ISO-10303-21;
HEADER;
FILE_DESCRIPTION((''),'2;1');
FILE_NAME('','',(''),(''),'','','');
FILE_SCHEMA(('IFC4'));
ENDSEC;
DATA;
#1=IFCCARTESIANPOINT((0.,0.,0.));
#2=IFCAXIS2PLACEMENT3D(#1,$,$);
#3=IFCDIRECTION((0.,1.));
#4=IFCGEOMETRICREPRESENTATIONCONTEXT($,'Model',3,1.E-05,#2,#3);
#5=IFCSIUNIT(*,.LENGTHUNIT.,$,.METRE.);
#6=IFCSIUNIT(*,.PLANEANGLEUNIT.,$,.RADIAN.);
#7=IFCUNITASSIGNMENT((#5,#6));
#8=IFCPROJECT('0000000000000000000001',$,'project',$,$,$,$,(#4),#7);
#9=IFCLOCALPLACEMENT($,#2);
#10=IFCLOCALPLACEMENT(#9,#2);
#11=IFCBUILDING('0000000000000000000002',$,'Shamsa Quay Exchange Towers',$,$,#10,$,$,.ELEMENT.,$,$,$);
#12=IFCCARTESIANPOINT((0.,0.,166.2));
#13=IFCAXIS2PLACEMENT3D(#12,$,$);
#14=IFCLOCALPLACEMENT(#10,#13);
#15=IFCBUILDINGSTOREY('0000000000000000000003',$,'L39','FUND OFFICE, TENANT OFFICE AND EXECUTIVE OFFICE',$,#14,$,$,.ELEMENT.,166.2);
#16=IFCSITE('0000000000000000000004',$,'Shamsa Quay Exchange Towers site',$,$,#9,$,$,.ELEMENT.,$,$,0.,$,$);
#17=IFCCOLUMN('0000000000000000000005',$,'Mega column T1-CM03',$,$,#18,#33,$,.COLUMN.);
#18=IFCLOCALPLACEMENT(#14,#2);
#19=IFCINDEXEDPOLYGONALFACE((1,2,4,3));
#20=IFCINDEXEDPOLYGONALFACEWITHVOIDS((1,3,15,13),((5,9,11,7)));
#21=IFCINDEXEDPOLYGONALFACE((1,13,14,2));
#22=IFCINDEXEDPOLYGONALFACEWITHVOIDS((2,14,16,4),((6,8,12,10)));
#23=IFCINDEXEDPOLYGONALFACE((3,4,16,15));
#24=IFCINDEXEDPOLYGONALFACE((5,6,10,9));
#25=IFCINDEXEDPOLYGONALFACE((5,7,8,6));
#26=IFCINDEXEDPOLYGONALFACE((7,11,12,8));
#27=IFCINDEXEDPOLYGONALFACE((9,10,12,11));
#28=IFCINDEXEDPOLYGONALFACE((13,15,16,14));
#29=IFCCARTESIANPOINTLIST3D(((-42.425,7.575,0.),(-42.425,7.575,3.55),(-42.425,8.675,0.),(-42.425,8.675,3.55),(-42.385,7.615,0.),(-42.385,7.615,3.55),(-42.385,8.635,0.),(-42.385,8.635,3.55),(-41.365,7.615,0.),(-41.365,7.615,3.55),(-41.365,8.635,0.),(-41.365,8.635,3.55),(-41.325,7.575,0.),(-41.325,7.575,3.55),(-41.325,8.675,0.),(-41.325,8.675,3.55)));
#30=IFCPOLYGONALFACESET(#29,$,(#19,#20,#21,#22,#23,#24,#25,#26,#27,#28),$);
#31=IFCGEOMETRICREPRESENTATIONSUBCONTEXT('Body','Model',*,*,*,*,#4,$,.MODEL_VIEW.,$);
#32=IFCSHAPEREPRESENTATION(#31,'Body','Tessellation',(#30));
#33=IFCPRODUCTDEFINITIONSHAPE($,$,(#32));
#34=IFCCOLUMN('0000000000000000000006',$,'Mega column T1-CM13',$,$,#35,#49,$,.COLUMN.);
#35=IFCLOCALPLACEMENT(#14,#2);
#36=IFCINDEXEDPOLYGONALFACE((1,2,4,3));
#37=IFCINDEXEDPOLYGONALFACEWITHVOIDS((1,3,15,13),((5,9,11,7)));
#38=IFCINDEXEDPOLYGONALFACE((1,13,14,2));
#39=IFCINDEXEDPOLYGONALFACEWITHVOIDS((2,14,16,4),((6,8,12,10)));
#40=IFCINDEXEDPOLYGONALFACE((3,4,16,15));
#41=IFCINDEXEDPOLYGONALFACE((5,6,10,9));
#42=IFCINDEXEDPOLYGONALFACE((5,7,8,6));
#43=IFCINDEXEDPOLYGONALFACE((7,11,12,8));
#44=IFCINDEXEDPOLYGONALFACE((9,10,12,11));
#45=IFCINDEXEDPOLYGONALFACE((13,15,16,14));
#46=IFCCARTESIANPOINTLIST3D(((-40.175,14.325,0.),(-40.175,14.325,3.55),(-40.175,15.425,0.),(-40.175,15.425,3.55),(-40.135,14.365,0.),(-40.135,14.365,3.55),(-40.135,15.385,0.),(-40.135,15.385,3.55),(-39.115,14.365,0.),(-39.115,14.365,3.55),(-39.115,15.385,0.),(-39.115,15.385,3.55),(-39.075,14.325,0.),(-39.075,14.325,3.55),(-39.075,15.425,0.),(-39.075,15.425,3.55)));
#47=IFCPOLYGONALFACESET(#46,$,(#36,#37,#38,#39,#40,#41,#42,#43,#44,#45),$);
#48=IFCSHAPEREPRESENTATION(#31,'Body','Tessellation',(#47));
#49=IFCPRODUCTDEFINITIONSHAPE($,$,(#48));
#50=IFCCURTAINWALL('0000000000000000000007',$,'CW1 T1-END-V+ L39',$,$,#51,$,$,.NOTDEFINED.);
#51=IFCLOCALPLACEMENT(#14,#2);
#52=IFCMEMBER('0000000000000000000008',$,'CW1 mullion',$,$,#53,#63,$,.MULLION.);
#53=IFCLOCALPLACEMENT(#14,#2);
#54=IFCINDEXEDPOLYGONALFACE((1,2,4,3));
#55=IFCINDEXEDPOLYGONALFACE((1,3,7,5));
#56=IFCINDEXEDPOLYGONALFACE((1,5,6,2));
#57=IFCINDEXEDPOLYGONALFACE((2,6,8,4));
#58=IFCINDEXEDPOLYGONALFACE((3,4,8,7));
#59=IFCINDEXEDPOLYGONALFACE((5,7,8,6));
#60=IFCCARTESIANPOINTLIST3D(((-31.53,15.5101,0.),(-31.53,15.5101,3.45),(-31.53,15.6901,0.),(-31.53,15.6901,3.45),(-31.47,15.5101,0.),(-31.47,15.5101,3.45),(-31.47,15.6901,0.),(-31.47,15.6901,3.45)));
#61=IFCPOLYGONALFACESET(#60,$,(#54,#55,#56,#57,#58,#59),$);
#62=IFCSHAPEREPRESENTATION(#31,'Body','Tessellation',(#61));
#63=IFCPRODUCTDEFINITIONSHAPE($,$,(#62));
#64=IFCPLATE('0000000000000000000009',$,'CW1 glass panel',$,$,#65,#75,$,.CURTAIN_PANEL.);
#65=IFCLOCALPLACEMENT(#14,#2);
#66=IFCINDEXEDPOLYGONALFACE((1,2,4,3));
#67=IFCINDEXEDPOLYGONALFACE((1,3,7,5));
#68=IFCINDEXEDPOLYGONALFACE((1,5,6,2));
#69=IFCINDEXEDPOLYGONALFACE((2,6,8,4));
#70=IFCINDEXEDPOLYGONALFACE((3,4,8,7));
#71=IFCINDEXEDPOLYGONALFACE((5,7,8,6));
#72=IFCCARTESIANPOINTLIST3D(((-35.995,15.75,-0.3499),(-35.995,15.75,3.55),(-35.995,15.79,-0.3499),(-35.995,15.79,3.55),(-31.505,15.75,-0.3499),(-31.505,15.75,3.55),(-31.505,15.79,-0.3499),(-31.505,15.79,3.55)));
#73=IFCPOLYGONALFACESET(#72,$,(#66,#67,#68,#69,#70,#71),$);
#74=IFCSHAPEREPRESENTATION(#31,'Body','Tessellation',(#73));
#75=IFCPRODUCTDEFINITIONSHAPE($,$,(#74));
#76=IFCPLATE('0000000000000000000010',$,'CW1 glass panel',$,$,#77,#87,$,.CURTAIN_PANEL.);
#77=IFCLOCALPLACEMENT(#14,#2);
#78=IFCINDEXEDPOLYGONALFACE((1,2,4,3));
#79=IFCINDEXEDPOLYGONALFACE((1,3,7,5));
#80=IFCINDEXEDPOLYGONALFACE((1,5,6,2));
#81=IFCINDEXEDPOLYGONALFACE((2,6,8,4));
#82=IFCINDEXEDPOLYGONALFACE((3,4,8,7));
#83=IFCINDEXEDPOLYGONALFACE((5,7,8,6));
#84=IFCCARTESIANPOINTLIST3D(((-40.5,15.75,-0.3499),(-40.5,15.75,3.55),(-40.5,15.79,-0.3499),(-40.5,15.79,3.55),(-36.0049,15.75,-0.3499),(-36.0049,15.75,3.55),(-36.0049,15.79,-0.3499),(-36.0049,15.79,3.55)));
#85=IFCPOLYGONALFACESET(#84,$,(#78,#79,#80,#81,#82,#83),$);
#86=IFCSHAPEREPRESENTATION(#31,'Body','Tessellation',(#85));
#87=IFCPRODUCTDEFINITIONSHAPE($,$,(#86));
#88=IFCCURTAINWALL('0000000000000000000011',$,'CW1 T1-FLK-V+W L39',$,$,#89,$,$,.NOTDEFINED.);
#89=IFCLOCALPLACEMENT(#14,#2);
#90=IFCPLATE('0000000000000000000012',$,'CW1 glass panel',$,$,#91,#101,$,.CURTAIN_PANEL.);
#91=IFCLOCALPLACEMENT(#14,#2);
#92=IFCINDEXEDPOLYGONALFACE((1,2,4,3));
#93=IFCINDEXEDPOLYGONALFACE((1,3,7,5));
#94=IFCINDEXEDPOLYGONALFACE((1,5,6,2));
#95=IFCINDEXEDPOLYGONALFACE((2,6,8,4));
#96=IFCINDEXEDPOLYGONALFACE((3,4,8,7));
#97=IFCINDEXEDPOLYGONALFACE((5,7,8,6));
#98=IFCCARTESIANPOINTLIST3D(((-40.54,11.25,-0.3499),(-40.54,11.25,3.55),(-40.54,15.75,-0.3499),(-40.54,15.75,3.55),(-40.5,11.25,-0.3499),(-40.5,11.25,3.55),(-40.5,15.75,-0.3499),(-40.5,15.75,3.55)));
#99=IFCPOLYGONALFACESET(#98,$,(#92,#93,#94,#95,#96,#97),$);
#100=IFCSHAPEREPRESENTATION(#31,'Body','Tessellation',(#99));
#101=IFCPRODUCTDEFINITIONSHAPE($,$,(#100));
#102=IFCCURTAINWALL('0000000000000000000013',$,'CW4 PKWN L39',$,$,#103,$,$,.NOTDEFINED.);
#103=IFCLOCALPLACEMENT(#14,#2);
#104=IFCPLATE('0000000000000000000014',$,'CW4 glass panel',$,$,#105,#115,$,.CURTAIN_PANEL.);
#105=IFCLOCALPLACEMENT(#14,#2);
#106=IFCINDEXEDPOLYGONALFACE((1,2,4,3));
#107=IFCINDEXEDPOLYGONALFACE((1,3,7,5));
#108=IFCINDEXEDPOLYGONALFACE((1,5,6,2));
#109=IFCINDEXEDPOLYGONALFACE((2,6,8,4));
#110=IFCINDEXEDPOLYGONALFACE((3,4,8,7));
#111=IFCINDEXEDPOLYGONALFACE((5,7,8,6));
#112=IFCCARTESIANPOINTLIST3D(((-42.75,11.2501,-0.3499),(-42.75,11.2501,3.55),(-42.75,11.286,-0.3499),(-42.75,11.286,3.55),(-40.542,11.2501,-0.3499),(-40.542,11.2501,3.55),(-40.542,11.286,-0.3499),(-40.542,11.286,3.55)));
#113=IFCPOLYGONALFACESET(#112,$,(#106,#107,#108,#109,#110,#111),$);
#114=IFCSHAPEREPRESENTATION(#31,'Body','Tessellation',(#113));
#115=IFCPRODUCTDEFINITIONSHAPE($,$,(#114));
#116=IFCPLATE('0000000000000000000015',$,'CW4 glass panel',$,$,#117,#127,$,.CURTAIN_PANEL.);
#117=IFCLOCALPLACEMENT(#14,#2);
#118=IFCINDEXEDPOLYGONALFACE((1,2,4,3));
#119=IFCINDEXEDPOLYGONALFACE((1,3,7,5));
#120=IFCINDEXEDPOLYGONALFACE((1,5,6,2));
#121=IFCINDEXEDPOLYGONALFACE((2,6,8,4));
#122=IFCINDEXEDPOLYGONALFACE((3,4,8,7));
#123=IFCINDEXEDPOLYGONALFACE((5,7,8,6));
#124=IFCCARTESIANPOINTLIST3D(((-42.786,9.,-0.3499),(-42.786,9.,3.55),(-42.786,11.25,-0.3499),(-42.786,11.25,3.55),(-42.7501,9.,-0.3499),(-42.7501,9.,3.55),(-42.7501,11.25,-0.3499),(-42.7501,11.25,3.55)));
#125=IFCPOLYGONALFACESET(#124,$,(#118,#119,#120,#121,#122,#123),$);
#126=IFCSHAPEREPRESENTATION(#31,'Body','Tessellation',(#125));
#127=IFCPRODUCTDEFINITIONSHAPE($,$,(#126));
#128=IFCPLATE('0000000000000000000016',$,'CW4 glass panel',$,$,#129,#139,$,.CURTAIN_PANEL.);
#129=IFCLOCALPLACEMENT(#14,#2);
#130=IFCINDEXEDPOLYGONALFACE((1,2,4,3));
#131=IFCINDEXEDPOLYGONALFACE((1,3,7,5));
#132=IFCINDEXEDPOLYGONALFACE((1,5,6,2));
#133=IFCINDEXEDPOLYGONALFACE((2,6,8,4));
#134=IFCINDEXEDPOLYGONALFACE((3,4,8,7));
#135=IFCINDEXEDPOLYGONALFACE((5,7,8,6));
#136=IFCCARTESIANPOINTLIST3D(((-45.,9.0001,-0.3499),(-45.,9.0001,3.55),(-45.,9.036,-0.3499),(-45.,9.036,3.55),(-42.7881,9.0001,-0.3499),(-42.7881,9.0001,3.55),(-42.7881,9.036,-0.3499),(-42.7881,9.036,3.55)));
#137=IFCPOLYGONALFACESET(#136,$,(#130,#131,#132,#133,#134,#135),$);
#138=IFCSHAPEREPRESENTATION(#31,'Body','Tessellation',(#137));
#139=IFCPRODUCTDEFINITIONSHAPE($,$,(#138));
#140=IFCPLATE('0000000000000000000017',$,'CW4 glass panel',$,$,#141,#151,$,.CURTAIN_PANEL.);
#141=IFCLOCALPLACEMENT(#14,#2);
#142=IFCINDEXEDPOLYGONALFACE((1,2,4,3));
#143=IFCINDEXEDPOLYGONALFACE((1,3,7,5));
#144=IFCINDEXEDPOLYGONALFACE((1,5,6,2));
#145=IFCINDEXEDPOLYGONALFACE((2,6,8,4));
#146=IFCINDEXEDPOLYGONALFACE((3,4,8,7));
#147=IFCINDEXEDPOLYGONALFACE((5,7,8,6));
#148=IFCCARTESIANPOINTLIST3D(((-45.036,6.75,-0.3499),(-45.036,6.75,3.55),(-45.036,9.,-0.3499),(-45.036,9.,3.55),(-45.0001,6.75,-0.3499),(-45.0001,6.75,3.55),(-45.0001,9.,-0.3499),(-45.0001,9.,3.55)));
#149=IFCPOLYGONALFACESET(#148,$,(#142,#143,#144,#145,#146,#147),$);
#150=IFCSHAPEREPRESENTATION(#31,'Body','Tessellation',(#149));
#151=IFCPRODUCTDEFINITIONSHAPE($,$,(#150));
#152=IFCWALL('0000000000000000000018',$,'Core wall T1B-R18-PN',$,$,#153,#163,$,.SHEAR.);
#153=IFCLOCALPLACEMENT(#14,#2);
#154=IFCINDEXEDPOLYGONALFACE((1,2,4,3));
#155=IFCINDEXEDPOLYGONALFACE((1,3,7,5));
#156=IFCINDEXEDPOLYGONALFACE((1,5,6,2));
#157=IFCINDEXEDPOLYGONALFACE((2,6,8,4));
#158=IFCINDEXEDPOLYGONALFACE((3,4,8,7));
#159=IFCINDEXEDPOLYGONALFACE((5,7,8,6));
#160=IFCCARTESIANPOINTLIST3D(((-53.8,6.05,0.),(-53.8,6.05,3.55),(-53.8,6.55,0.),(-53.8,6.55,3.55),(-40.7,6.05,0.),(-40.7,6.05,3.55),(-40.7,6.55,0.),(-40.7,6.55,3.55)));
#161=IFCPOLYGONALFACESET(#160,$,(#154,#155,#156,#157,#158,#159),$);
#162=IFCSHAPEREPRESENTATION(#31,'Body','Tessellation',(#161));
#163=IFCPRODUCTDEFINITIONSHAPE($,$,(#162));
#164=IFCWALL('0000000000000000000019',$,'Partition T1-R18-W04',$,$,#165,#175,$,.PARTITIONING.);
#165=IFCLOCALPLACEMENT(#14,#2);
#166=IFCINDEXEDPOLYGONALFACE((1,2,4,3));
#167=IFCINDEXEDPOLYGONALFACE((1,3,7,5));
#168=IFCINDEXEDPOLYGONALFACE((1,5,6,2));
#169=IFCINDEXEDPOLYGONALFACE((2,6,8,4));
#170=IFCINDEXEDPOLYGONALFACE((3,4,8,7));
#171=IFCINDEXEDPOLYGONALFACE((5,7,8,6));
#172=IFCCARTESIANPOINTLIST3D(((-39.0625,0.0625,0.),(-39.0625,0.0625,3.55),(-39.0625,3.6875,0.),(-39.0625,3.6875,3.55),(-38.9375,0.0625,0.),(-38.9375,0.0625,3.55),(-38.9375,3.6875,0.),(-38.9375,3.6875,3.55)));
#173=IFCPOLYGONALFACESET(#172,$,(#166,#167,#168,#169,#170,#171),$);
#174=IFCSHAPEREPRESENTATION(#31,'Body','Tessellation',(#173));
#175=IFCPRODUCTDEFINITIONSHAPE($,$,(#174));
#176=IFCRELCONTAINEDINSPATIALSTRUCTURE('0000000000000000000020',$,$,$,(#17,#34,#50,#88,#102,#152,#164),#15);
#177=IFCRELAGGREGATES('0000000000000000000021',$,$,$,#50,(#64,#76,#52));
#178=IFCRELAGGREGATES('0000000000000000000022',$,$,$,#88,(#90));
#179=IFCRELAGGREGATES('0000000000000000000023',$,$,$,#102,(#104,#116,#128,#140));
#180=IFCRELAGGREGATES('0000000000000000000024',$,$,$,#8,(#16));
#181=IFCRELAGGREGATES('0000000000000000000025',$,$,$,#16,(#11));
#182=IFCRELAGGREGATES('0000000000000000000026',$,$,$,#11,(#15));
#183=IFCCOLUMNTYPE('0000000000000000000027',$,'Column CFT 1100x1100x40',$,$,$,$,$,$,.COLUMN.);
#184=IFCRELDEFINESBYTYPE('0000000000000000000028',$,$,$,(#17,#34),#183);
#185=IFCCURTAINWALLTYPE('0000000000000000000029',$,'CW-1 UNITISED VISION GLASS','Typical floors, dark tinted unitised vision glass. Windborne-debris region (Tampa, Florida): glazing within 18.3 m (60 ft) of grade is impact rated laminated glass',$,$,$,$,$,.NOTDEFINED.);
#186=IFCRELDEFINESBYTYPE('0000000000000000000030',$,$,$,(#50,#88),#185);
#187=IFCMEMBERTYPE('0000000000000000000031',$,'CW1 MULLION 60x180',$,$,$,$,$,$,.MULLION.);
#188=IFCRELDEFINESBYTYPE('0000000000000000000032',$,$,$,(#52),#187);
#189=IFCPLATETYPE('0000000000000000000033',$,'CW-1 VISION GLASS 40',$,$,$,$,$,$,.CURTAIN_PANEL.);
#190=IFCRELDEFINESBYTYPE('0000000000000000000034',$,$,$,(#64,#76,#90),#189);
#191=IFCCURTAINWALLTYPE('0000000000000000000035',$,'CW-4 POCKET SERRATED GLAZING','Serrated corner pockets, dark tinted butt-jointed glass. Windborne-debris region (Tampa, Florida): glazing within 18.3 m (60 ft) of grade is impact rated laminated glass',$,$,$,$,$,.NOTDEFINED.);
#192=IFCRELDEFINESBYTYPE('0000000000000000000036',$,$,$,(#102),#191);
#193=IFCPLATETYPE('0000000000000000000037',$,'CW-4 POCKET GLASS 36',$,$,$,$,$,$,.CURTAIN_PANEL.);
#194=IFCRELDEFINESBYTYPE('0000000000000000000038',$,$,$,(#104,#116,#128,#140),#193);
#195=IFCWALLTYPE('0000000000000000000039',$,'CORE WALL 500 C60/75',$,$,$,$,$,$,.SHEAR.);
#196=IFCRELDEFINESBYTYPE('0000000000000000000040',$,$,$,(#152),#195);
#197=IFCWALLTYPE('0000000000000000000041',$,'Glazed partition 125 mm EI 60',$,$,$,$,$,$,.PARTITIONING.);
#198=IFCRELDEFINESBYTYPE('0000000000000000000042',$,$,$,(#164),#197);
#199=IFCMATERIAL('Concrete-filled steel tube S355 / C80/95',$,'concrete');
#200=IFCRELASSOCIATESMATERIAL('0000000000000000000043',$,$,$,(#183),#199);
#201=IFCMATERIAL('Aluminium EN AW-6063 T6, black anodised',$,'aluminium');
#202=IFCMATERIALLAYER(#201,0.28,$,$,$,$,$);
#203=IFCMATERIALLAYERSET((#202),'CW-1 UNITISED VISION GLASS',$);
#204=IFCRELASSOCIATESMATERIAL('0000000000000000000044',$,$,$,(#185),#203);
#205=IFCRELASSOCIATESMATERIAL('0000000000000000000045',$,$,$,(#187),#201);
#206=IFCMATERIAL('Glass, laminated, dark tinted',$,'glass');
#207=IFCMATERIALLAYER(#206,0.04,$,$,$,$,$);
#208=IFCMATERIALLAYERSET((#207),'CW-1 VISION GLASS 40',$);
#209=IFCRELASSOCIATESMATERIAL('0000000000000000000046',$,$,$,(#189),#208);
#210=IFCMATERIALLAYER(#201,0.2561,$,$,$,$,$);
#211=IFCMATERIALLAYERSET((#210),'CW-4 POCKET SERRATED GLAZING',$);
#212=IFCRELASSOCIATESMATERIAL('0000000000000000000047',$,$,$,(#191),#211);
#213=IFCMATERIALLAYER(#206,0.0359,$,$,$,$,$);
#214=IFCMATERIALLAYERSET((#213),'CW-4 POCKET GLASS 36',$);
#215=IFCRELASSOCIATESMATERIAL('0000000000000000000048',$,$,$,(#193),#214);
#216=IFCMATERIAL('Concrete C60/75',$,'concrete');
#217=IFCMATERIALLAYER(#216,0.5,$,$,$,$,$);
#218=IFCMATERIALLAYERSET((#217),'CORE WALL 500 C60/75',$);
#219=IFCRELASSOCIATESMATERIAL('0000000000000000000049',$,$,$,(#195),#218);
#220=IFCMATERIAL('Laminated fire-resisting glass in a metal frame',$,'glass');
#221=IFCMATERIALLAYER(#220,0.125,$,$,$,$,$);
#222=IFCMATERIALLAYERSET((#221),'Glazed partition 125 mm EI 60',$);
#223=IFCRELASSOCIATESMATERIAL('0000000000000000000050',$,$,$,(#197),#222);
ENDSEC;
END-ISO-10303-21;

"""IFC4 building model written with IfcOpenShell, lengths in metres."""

from ifc_helpers import new_model, si_unit, direction, frame, frame_2d, origin, origin_2d, place, context, subcontext, project, spatial, rectangle, hollow_rectangle, extrude, material, layer, layer_set, material_profile, profile_set, type_object, element, aggregate, save


model = new_model("IFC4")

# Units and contexts
model_context = context("Model", 3, precision=1e-05, world=origin(), true_north=direction((0.0, 1.0)))
body_context = subcontext(model_context, "Body", "Model", "MODEL_VIEW")
ifc_project = project(units=[si_unit("LENGTHUNIT", "METRE"), si_unit("PLANEANGLEUNIT", "RADIAN")], contexts=[model_context])

# Site, building, storey
site_placement = place(None, origin())
site = spatial("IfcSite", under=ifc_project, at=site_placement, Name="Shamsa Quay Exchange Towers site", CompositionType="ELEMENT", RefElevation=0.0)
building_placement = place(site_placement, origin())
building = spatial("IfcBuilding", under=site, at=building_placement, Name="Shamsa Quay Exchange Towers", CompositionType="ELEMENT")
storey_placement = place(building_placement, frame((0.0, 0.0, 166.2)))
storey = spatial("IfcBuildingStorey", under=building, at=storey_placement, Name="L39", Description="FUND OFFICE, TENANT OFFICE AND EXECUTIVE OFFICE", CompositionType="ELEMENT", Elevation=166.2)

# Columns
ifc_material_1 = material(Name="Concrete-filled steel tube S355 / C80/95", Category="concrete")
ifc_material_profile_1 = material_profile(ifc_material_1, hollow_rectangle(XDim=1.1001, YDim=1.1001, WallThickness=0.04, at=origin_2d()), Name="CFT 1100x1100x40")
ifc_profile_set_1 = profile_set([ifc_material_profile_1], Name="Concrete-filled steel tube S355 / C80/95")
column_type = type_object("IfcColumnType", Name="Column CFT 1100x1100x40", PredefinedType="COLUMN", material=ifc_profile_set_1)
for number, where, name in (
    (1, (-41.875, 8.125, 0.0), "Mega column T1-CM03"),
    (2, (-39.625, 14.875, 0.0), "Mega column T1-CM13"),
):
    element("IfcColumn", number, at=place(storey_placement, frame(where)), inside=storey, type_object=column_type, Name=name, PredefinedType="COLUMN", context=body_context, shape_type="SweptSolid", body=[
        extrude(hollow_rectangle(XDim=1.1001, YDim=1.1001, WallThickness=0.04, at=origin_2d()), origin(), (0.0, 0.0, 1.0), 3.55),
    ])

# Curtain wall, member, plates
ifc_material_2 = material(Name="Aluminium EN AW-6063 T6, black anodised", Category="aluminium")
ifc_layer_1 = layer(ifc_material_2, 0.28)
ifc_layer_set_1 = layer_set([ifc_layer_1], Name="CW-1 UNITISED VISION GLASS")
curtain_wall_type_1 = type_object("IfcCurtainWallType", Name="CW-1 UNITISED VISION GLASS", Description="Typical floors, dark tinted unitised vision glass. Windborne-debris region (Tampa, Florida): glazing within 18.3 m (60 ft) of grade is impact rated laminated glass", PredefinedType="NOTDEFINED", material=ifc_layer_set_1)
curtain_wall_1_placement = place(storey_placement, origin())
curtain_wall_1 = element("IfcCurtainWall", 3, at=curtain_wall_1_placement, inside=storey, type_object=curtain_wall_type_1, Name="CW1 T1-END-V+ L39", PredefinedType="NOTDEFINED")
ifc_material_profile_2 = material_profile(ifc_material_2, rectangle(XDim=0.1799, YDim=0.0601, at=origin_2d()), Name="MU60x180")
ifc_profile_set_2 = profile_set([ifc_material_profile_2], Name="Aluminium EN AW-6063 T6, black anodised")
member_type = type_object("IfcMemberType", Name="CW1 MULLION 60x180", PredefinedType="MULLION", material=ifc_profile_set_2)
member_placement = place(storey_placement, frame((-31.5, 15.6001, 0.0), z_axis=(0.0, 0.0, 1.0), x_axis=(0.0, -1.0, 0.0)))
member = element("IfcMember", 4, at=member_placement, type_object=member_type, Name="CW1 mullion", PredefinedType="MULLION", context=body_context, shape_type="SweptSolid", body=[
    extrude(rectangle(XDim=0.1799, YDim=0.0601, at=origin_2d()), origin(), (0.0, 0.0, 1.0), 3.45),
])
ifc_material_3 = material(Name="Glass, laminated, dark tinted", Category="glass")
ifc_layer_2 = layer(ifc_material_3, 0.04)
ifc_layer_set_2 = layer_set([ifc_layer_2], Name="CW-1 VISION GLASS 40")
plate_type_1 = type_object("IfcPlateType", Name="CW-1 VISION GLASS 40", PredefinedType="CURTAIN_PANEL", material=ifc_layer_set_2)
plate_1_placement = place(storey_placement, frame((-33.75, 15.77, -0.3499), z_axis=(0.0, 0.0, 1.0), x_axis=(-1.0, 0.0, 0.0)))
plate_1 = element("IfcPlate", 5, at=plate_1_placement, type_object=plate_type_1, Name="CW1 glass panel", PredefinedType="CURTAIN_PANEL", context=body_context, shape_type="SweptSolid", body=[
    extrude(rectangle(XDim=4.49, YDim=0.04, at=origin_2d()), origin(), (0.0, 0.0, 1.0), 3.8999),
])
plate_2_placement = place(storey_placement, frame((-38.2524, 15.77, -0.3499), z_axis=(0.0, 0.0, 1.0), x_axis=(-1.0, 0.0, 0.0)))
plate_2 = element("IfcPlate", 6, at=plate_2_placement, type_object=plate_type_1, Name="CW1 glass panel", PredefinedType="CURTAIN_PANEL", context=body_context, shape_type="SweptSolid", body=[
    extrude(rectangle(XDim=4.4951, YDim=0.04, at=origin_2d()), origin(), (0.0, 0.0, 1.0), 3.8999),
])
aggregate(curtain_wall_1, [plate_1, plate_2, member])

# Curtain wall, plate
curtain_wall_2_placement = place(storey_placement, origin())
curtain_wall_2 = element("IfcCurtainWall", 7, at=curtain_wall_2_placement, inside=storey, type_object=curtain_wall_type_1, Name="CW1 T1-FLK-V+W L39", PredefinedType="NOTDEFINED")
plate_3_placement = place(storey_placement, frame((-40.52, 13.5, -0.3499), z_axis=(0.0, 0.0, 1.0), x_axis=(0.0, -1.0, 0.0)))
plate_3 = element("IfcPlate", 8, at=plate_3_placement, type_object=plate_type_1, Name="CW1 glass panel", PredefinedType="CURTAIN_PANEL", context=body_context, shape_type="SweptSolid", body=[
    extrude(rectangle(XDim=4.5, YDim=0.04, at=origin_2d()), origin(), (0.0, 0.0, 1.0), 3.8999),
])
aggregate(curtain_wall_2, [plate_3])

# Curtain wall, plates
ifc_layer_3 = layer(ifc_material_2, 0.2561)
ifc_layer_set_3 = layer_set([ifc_layer_3], Name="CW-4 POCKET SERRATED GLAZING")
curtain_wall_type_2 = type_object("IfcCurtainWallType", Name="CW-4 POCKET SERRATED GLAZING", Description="Serrated corner pockets, dark tinted butt-jointed glass. Windborne-debris region (Tampa, Florida): glazing within 18.3 m (60 ft) of grade is impact rated laminated glass", PredefinedType="NOTDEFINED", material=ifc_layer_set_3)
curtain_wall_3_placement = place(storey_placement, origin())
curtain_wall_3 = element("IfcCurtainWall", 9, at=curtain_wall_3_placement, inside=storey, type_object=curtain_wall_type_2, Name="CW4 PKWN L39", PredefinedType="NOTDEFINED")
ifc_layer_4 = layer(ifc_material_3, 0.0359)
ifc_layer_set_4 = layer_set([ifc_layer_4], Name="CW-4 POCKET GLASS 36")
plate_type_2 = type_object("IfcPlateType", Name="CW-4 POCKET GLASS 36", PredefinedType="CURTAIN_PANEL", material=ifc_layer_set_4)
plate_4_placement = place(storey_placement, frame((-41.646, 11.2681, -0.3499), z_axis=(0.0, 0.0, 1.0), x_axis=(-1.0, 0.0, 0.0)))
plate_4 = element("IfcPlate", 10, at=plate_4_placement, type_object=plate_type_2, Name="CW4 glass panel", PredefinedType="CURTAIN_PANEL", context=body_context, shape_type="SweptSolid", body=[
    extrude(rectangle(XDim=2.208, YDim=0.0359, at=origin_2d()), origin(), (0.0, 0.0, 1.0), 3.8999),
])
plate_5_placement = place(storey_placement, frame((-42.7681, 10.125, -0.3499), z_axis=(0.0, 0.0, 1.0), x_axis=(0.0, -1.0, 0.0)))
plate_5 = element("IfcPlate", 11, at=plate_5_placement, type_object=plate_type_2, Name="CW4 glass panel", PredefinedType="CURTAIN_PANEL", context=body_context, shape_type="SweptSolid", body=[
    extrude(rectangle(XDim=2.25, YDim=0.0359, at=origin_2d()), origin(), (0.0, 0.0, 1.0), 3.8999),
])
plate_6_placement = place(storey_placement, frame((-43.894, 9.0181, -0.3499), z_axis=(0.0, 0.0, 1.0), x_axis=(-1.0, 0.0, 0.0)))
plate_6 = element("IfcPlate", 12, at=plate_6_placement, type_object=plate_type_2, Name="CW4 glass panel", PredefinedType="CURTAIN_PANEL", context=body_context, shape_type="SweptSolid", body=[
    extrude(rectangle(XDim=2.2119, YDim=0.0359, at=origin_2d()), origin(), (0.0, 0.0, 1.0), 3.8999),
])
plate_7_placement = place(storey_placement, frame((-45.0181, 7.875, -0.3499), z_axis=(0.0, 0.0, 1.0), x_axis=(0.0, -1.0, 0.0)))
plate_7 = element("IfcPlate", 13, at=plate_7_placement, type_object=plate_type_2, Name="CW4 glass panel", PredefinedType="CURTAIN_PANEL", context=body_context, shape_type="SweptSolid", body=[
    extrude(rectangle(XDim=2.25, YDim=0.0359, at=origin_2d()), origin(), (0.0, 0.0, 1.0), 3.8999),
])
aggregate(curtain_wall_3, [plate_4, plate_5, plate_6, plate_7])

# Walls
ifc_material_4 = material(Name="Concrete C60/75", Category="concrete")
ifc_layer_5 = layer(ifc_material_4, 0.5)
ifc_layer_set_5 = layer_set([ifc_layer_5], Name="CORE WALL 500 C60/75")
wall_type_1 = type_object("IfcWallType", Name="CORE WALL 500 C60/75", PredefinedType="SHEAR", material=ifc_layer_set_5)
wall_1_placement = place(storey_placement, frame((-40.7, 6.3, 0.0), z_axis=(0.0, 0.0, 1.0), x_axis=(-1.0, 0.0, 0.0)))
element("IfcWall", 14, at=wall_1_placement, inside=storey, type_object=wall_type_1, Name="Core wall T1B-R18-PN", PredefinedType="SHEAR", context=body_context, shape_type="SweptSolid", body=[
    extrude(rectangle(XDim=13.1001, YDim=0.5, at=frame_2d((6.55, 0.0))), origin(), (0.0, 0.0, 1.0), 3.55),
])
ifc_material_5 = material(Name="Laminated fire-resisting glass in a metal frame", Category="glass")
ifc_layer_6 = layer(ifc_material_5, 0.125)
ifc_layer_set_6 = layer_set([ifc_layer_6], Name="Glazed partition 125 mm EI 60")
wall_type_2 = type_object("IfcWallType", Name="Glazed partition 125 mm EI 60", PredefinedType="PARTITIONING", material=ifc_layer_set_6)
wall_2_placement = place(storey_placement, frame((-39.0, 3.6875, 0.0), z_axis=(0.0, 0.0, 1.0), x_axis=(0.0, -1.0, 0.0)))
element("IfcWall", 15, at=wall_2_placement, inside=storey, type_object=wall_type_2, Name="Partition T1-R18-W04", PredefinedType="PARTITIONING", context=body_context, shape_type="SweptSolid", body=[
    extrude(rectangle(XDim=3.625, YDim=0.125, at=frame_2d((1.8125, 0.0))), origin(), (0.0, 0.0, 1.0), 3.55),
])

save(model, "model.ifc")
